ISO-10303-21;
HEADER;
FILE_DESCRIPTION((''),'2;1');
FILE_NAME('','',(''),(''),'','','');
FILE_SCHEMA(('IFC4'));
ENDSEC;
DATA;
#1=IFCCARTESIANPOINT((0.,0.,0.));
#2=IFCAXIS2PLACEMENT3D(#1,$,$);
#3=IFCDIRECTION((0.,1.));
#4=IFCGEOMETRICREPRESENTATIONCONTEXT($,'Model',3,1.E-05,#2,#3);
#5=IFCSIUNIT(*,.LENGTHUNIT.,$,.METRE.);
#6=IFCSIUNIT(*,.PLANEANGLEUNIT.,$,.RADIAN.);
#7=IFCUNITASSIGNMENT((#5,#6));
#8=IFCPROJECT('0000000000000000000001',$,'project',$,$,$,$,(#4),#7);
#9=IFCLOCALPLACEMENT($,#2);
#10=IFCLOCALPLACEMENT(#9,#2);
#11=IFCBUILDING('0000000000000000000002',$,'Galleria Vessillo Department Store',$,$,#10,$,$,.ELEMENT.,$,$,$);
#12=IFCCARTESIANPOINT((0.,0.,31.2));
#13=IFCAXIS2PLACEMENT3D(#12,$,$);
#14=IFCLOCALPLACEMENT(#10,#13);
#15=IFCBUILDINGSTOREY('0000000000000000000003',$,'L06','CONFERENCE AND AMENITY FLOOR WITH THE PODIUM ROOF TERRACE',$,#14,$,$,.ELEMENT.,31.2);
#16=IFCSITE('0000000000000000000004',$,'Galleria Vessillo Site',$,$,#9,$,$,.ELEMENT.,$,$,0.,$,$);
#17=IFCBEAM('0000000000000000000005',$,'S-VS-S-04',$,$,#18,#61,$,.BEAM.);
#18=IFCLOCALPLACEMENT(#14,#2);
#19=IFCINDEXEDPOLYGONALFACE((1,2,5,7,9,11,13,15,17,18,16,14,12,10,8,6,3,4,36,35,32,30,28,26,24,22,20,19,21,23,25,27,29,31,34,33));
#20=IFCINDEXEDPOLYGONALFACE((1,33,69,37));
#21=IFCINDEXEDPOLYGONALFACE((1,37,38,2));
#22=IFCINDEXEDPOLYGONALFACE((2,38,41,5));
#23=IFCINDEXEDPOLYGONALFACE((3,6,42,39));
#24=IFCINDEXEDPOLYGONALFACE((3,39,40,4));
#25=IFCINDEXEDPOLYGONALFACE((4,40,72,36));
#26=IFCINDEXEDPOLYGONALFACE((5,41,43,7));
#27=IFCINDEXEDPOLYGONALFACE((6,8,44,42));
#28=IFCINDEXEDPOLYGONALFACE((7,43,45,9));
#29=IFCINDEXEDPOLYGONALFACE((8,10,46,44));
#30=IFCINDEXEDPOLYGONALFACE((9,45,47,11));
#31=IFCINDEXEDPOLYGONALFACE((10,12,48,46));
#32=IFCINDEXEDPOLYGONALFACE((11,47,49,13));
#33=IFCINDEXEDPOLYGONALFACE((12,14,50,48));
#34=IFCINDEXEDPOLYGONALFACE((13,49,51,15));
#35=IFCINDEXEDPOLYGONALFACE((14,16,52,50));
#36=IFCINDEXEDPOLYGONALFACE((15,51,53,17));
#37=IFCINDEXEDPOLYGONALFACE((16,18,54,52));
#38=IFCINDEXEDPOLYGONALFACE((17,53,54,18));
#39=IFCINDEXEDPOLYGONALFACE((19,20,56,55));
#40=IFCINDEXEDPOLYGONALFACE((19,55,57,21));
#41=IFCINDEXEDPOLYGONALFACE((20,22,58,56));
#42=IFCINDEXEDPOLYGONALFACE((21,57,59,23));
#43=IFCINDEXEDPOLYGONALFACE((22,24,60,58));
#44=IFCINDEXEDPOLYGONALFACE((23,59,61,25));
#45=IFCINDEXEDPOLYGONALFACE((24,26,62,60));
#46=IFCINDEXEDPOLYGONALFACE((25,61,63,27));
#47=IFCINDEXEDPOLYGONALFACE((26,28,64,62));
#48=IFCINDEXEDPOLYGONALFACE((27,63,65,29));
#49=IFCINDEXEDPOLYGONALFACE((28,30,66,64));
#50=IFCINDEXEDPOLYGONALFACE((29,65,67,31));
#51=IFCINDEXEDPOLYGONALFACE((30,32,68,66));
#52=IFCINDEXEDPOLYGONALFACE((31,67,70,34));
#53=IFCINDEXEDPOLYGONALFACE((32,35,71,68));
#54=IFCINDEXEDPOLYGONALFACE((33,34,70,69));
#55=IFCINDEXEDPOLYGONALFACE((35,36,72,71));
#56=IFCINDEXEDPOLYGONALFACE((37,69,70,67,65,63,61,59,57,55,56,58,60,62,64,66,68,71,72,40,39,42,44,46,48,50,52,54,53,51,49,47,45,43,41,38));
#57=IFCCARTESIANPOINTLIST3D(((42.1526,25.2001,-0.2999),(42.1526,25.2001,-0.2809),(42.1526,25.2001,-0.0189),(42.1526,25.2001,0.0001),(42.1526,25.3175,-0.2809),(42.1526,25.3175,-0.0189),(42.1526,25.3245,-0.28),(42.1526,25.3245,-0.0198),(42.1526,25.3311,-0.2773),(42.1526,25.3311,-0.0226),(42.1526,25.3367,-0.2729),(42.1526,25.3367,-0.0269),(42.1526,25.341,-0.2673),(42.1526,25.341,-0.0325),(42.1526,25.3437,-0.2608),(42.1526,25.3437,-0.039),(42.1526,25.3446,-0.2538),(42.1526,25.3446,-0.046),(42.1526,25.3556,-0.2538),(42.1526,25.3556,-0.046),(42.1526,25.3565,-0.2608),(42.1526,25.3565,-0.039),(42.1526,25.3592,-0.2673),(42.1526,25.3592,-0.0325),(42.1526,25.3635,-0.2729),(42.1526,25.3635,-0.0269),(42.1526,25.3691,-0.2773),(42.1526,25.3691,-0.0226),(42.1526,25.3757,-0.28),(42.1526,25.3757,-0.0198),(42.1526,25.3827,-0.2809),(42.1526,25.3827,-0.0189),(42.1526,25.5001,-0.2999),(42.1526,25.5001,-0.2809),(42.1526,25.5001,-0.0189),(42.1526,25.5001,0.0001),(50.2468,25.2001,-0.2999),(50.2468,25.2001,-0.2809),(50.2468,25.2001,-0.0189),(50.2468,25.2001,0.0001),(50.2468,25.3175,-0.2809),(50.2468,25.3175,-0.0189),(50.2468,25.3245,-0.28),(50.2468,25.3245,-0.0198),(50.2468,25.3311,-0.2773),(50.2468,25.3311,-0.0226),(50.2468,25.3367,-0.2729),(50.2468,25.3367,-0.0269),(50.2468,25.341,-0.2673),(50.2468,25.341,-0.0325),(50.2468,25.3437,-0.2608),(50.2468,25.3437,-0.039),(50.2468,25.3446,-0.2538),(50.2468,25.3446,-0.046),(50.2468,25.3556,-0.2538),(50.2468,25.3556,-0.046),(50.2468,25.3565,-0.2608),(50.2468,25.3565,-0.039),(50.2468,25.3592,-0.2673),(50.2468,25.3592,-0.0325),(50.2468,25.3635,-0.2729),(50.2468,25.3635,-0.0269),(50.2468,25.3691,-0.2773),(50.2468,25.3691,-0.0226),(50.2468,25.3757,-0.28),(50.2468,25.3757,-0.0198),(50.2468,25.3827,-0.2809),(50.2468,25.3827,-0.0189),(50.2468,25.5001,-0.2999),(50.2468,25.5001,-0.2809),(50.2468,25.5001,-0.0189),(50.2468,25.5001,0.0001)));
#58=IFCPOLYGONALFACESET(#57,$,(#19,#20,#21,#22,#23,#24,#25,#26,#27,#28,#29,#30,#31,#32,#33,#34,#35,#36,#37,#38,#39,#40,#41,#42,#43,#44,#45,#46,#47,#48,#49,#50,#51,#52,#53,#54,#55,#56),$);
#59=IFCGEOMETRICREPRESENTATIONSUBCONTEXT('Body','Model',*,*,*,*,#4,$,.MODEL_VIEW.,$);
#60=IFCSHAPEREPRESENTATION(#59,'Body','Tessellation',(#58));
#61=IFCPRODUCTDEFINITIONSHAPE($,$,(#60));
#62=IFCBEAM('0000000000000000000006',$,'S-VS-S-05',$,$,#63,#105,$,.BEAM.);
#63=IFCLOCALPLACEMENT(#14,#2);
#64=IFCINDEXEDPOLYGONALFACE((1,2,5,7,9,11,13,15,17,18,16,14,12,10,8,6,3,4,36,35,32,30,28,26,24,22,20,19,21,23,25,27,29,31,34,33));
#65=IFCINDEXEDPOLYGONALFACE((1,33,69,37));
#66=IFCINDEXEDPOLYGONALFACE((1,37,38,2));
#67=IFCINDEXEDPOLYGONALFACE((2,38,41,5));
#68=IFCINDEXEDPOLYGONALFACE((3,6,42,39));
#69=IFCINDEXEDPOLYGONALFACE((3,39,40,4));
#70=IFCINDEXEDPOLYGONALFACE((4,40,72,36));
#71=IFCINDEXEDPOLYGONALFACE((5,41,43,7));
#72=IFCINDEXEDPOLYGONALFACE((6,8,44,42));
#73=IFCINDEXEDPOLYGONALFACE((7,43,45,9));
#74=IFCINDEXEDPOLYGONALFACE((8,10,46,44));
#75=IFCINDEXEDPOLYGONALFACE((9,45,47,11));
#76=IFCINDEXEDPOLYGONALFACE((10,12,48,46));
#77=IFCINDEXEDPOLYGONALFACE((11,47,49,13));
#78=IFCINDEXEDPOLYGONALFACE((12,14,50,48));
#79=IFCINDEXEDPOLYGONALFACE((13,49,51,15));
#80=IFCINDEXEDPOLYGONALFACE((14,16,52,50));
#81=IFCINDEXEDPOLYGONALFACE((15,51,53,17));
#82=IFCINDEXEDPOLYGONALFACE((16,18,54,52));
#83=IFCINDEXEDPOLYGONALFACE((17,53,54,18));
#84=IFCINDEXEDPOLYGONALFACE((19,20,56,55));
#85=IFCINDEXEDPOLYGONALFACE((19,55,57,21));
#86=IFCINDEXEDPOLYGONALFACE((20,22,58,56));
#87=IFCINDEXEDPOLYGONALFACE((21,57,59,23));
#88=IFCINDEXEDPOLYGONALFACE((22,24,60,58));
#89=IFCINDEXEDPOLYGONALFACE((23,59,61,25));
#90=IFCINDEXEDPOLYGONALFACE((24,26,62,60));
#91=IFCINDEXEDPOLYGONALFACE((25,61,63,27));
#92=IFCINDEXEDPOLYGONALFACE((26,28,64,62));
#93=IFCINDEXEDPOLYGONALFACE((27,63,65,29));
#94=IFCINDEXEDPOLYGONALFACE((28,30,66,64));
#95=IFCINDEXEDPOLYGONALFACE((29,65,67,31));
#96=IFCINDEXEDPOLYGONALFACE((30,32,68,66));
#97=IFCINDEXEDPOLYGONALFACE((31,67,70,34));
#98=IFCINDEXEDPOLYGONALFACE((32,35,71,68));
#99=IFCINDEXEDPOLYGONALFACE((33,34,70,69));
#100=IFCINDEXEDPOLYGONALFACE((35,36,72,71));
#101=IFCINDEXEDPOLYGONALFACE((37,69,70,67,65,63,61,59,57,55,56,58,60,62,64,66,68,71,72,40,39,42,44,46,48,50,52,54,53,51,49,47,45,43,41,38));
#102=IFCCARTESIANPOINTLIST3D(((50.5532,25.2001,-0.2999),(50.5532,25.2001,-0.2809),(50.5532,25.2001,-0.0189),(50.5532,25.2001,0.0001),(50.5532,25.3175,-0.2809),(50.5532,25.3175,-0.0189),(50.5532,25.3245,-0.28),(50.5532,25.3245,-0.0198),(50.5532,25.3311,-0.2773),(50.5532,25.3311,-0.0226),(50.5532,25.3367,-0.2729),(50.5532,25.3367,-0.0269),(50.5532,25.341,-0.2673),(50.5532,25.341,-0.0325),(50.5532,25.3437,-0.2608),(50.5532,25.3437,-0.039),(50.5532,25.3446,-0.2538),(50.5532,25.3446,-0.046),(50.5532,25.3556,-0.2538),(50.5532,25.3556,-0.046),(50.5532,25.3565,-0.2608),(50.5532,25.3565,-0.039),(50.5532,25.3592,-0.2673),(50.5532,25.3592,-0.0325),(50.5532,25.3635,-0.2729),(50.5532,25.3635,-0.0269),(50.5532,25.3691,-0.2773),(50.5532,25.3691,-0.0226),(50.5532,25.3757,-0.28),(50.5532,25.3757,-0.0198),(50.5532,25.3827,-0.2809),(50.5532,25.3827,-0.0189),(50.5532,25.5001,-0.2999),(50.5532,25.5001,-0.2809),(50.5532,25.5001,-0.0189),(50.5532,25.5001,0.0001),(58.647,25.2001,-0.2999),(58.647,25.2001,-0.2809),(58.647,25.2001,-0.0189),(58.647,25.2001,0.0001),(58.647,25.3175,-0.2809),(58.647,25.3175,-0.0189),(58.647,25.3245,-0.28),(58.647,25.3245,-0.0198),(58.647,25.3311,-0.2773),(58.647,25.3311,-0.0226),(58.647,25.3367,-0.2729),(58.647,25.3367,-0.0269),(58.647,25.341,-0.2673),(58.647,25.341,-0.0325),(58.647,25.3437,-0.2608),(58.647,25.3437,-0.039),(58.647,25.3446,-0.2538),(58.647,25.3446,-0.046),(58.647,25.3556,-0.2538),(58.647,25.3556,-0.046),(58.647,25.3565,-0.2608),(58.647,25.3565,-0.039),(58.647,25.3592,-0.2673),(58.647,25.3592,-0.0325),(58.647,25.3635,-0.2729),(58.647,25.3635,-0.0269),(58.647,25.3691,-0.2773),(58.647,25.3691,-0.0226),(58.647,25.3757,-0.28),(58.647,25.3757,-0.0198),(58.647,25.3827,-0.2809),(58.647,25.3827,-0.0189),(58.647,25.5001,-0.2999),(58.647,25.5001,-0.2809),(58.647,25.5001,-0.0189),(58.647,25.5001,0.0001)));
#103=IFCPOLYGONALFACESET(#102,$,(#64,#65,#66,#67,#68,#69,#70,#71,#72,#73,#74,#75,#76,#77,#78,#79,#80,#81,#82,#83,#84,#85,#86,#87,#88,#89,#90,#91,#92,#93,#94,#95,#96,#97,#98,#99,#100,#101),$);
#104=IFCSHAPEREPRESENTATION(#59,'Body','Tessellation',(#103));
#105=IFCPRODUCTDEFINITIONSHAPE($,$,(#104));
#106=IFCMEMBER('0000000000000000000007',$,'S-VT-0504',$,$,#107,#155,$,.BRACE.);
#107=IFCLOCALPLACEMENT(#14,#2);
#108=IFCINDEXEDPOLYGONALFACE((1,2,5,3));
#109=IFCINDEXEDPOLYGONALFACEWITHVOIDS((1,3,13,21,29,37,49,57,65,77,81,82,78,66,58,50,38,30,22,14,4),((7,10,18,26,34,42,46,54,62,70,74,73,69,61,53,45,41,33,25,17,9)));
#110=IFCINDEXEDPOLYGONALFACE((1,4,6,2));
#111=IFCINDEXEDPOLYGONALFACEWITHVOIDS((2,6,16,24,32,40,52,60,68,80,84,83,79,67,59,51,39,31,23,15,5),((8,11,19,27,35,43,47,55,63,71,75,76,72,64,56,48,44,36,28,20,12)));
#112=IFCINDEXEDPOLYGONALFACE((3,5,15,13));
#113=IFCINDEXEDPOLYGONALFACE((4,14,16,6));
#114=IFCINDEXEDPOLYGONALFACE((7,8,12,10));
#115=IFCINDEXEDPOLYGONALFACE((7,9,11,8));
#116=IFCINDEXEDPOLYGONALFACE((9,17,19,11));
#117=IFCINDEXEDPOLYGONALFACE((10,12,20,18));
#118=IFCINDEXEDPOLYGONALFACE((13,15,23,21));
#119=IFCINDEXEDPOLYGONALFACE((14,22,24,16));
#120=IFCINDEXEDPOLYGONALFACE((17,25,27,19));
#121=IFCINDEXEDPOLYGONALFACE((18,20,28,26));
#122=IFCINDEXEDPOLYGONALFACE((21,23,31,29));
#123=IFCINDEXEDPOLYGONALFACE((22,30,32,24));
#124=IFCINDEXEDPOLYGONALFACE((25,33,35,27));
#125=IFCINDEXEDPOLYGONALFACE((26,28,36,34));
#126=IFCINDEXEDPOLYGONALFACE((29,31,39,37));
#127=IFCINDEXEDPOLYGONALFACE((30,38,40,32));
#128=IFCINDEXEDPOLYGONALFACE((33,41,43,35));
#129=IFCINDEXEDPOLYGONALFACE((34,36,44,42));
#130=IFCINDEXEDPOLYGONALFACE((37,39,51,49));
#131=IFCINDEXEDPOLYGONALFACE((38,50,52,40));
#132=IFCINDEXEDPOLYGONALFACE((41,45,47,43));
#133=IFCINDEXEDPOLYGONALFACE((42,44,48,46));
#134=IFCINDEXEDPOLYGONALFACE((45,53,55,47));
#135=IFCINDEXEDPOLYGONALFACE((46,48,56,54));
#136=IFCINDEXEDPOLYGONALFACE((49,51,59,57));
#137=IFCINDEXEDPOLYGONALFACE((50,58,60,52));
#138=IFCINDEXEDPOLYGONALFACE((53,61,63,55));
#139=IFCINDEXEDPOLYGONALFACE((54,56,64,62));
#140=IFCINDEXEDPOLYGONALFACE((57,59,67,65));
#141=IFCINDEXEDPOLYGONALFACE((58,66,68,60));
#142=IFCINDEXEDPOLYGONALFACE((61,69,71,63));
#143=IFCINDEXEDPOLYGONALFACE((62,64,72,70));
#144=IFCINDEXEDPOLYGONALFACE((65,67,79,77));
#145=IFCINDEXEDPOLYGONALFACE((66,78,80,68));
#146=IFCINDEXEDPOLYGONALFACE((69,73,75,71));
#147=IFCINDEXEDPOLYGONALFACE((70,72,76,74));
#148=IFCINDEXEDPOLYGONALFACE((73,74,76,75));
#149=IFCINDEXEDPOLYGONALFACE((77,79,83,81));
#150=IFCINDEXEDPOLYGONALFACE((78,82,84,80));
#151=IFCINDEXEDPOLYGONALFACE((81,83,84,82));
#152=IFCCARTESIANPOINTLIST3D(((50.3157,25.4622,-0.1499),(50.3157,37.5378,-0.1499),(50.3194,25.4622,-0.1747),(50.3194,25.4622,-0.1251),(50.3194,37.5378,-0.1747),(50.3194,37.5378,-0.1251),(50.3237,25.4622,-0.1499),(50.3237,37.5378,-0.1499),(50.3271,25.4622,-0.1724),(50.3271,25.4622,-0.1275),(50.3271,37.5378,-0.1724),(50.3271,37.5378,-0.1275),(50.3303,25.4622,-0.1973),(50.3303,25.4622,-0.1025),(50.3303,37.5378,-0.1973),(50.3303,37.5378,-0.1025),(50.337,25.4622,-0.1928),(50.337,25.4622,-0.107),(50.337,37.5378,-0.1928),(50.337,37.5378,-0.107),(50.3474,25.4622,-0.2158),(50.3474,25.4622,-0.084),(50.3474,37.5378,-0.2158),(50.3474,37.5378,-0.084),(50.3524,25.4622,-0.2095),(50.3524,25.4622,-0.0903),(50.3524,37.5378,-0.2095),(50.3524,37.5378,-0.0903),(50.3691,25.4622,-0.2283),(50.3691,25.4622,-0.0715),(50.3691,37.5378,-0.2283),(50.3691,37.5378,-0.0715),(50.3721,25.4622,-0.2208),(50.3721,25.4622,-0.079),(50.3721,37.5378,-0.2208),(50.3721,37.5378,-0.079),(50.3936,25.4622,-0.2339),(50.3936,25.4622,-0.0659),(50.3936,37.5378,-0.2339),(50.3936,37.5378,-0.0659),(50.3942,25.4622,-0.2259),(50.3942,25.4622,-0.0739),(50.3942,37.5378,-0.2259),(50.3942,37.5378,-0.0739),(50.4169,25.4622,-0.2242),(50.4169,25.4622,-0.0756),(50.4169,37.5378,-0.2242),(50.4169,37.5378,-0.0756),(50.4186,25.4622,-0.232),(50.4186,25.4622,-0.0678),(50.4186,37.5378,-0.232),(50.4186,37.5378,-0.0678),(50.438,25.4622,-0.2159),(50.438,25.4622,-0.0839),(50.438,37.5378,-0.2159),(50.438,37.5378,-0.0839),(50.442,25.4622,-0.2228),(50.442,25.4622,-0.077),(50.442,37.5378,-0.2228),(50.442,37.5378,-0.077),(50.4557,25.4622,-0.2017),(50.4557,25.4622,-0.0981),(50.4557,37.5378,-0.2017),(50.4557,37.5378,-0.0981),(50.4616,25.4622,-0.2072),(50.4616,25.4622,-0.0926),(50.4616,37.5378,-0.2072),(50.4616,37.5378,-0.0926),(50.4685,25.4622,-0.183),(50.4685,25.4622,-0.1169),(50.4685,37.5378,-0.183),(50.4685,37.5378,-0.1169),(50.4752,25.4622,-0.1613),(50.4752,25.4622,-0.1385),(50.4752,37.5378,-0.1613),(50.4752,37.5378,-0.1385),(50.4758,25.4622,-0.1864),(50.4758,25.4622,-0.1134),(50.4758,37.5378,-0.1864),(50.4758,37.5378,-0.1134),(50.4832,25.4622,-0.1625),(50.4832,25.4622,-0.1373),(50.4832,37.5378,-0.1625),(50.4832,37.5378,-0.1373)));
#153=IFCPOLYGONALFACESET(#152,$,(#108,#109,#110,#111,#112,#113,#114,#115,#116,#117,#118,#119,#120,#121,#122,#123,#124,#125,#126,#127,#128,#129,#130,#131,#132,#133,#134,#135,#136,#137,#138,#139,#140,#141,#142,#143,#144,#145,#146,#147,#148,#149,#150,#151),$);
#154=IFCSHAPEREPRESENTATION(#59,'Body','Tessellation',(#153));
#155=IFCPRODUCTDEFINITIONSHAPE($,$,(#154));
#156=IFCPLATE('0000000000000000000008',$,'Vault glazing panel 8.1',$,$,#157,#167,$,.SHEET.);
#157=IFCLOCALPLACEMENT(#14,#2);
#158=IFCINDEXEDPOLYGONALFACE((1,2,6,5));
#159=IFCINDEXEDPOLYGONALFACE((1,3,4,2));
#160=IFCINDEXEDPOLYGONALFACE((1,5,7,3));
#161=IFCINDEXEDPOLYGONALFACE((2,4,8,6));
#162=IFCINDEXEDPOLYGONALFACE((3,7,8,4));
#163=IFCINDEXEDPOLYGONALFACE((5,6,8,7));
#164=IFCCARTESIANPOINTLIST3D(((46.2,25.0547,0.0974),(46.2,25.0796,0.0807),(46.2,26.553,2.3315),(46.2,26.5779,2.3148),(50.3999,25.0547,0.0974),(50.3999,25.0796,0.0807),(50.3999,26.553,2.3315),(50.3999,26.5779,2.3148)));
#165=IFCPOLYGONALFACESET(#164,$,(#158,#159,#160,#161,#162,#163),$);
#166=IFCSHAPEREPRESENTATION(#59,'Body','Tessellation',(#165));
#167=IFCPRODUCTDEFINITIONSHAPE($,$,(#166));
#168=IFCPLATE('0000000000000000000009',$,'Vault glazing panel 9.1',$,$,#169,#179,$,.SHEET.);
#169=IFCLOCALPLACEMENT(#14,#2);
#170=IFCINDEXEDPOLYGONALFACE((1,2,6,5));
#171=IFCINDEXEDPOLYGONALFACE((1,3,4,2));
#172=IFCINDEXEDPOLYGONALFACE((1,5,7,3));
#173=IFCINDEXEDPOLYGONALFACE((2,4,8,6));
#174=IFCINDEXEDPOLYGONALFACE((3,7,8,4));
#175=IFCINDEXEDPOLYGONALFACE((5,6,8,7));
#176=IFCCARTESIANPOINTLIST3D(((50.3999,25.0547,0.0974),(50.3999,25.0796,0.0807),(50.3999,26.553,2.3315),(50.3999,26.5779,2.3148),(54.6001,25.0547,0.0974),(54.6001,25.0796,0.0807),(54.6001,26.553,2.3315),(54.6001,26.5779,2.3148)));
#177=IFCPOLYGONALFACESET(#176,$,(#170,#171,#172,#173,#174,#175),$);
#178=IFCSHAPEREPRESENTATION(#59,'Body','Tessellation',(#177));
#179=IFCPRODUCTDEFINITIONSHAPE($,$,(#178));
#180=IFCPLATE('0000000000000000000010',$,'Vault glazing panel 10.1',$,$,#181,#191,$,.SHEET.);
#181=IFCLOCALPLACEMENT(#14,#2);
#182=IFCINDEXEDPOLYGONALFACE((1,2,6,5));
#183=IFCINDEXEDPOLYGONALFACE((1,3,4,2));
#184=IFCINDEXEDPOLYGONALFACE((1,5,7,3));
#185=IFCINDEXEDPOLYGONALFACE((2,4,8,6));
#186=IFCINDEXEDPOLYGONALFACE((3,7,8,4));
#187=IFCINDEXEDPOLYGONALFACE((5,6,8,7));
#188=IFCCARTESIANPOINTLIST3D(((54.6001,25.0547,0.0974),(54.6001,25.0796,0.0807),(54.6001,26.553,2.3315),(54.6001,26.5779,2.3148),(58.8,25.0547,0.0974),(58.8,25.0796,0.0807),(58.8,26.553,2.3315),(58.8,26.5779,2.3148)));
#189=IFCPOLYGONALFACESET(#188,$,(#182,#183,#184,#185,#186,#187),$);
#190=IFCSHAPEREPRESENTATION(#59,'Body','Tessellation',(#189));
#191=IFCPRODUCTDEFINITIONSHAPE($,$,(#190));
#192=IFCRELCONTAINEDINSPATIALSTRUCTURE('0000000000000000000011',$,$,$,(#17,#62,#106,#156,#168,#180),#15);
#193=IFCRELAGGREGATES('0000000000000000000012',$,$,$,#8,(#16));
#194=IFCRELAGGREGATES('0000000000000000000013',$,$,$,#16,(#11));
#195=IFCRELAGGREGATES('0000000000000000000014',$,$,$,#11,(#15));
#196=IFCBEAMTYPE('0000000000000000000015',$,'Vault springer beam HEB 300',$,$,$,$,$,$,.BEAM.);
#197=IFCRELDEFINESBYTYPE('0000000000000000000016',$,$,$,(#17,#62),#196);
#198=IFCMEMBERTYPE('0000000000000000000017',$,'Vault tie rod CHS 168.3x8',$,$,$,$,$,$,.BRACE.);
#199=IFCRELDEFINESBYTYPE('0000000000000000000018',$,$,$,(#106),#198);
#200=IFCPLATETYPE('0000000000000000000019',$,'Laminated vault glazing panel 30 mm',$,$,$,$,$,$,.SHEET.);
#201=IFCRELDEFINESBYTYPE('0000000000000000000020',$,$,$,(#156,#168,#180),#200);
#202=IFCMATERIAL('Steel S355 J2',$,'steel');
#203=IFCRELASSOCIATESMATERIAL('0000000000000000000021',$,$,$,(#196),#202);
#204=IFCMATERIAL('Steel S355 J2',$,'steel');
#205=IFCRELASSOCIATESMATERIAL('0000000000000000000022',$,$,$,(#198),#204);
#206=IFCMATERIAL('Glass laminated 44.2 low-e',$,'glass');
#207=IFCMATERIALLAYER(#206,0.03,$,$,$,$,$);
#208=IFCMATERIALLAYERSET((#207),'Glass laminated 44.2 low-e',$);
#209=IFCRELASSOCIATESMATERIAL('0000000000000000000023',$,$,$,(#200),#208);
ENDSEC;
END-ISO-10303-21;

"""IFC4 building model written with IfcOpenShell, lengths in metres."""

from ifc_helpers import new_model, si_unit, direction, frame, origin, origin_2d, place, context, subcontext, project, spatial, polyline, hollow_circle, i_section, outline, extrude, material, layer, layer_set, material_profile, profile_set, type_object, element, save


model = new_model("IFC4")

# Units and contexts
model_context = context("Model", 3, precision=1e-05, world=origin(), true_north=direction((0.0, 1.0)))
body_context = subcontext(model_context, "Body", "Model", "MODEL_VIEW")
ifc_project = project(units=[si_unit("LENGTHUNIT", "METRE"), si_unit("PLANEANGLEUNIT", "RADIAN")], contexts=[model_context])

# Site, building, storey
site_placement = place(None, origin())
site = spatial("IfcSite", under=ifc_project, at=site_placement, Name="Galleria Vessillo Site", CompositionType="ELEMENT", RefElevation=0.0)
building_placement = place(site_placement, origin())
building = spatial("IfcBuilding", under=site, at=building_placement, Name="Galleria Vessillo Department Store", CompositionType="ELEMENT")
storey_placement = place(building_placement, frame((0.0, 0.0, 31.2)))
storey = spatial("IfcBuildingStorey", under=building, at=storey_placement, Name="L06", Description="CONFERENCE AND AMENITY FLOOR WITH THE PODIUM ROOF TERRACE", CompositionType="ELEMENT", Elevation=31.2)

# Beams
ifc_material_1 = material(Name="Steel S355 J2", Category="steel")
ifc_material_profile_1 = material_profile(ifc_material_1, i_section(OverallWidth=0.3, OverallDepth=0.3, WebThickness=0.011, FlangeThickness=0.019, FilletRadius=0.0271, at=origin_2d()), Name="HEB 300")
ifc_profile_set_1 = profile_set([ifc_material_profile_1], Name="Steel S355 J2")
beam_type_1 = type_object("IfcBeamType", Name="Vault springer beam HEB 300", PredefinedType="BEAM", material=ifc_profile_set_1)
beam_1_placement = place(storey_placement, frame((42.1526, 25.3501, -0.1499), z_axis=(1.0, 0.0, 0.0), x_axis=(0.0, 1.0, 0.0)))
element("IfcBeam", 1, at=beam_1_placement, inside=storey, type_object=beam_type_1, Name="S-VS-S-04", PredefinedType="BEAM", context=body_context, shape_type="SweptSolid", body=[
    extrude(i_section(OverallWidth=0.3, OverallDepth=0.3, WebThickness=0.011, FlangeThickness=0.019, FilletRadius=0.0271, at=origin_2d()), origin(), (0.0, 0.0, 1.0), 8.0942),
])
beam_2_placement = place(storey_placement, frame((50.5532, 25.3501, -0.1499), z_axis=(1.0, 0.0, 0.0), x_axis=(0.0, 1.0, 0.0)))
element("IfcBeam", 2, at=beam_2_placement, inside=storey, type_object=beam_type_1, Name="S-VS-S-05", PredefinedType="BEAM", context=body_context, shape_type="SweptSolid", body=[
    extrude(i_section(OverallWidth=0.3, OverallDepth=0.3, WebThickness=0.011, FlangeThickness=0.019, FilletRadius=0.0271, at=origin_2d()), origin(), (0.0, 0.0, 1.0), 8.0938),
])

# Member
ifc_material_2 = material(Name="Steel S355 J2", Category="steel")
ifc_material_profile_2 = material_profile(ifc_material_2, hollow_circle(Radius=0.0842, WallThickness=0.0081, at=origin_2d()), Name="CHS 168.3x8")
ifc_profile_set_2 = profile_set([ifc_material_profile_2], Name="Steel S355 J2")
member_type_1 = type_object("IfcMemberType", Name="Vault tie rod CHS 168.3x8", PredefinedType="BRACE", material=ifc_profile_set_2)
member_placement = place(storey_placement, frame((50.3999, 25.4622, -0.1499), z_axis=(0.0, 1.0, 0.0), x_axis=(-1.0, 0.0, 0.0)))
element("IfcMember", 3, at=member_placement, inside=storey, type_object=member_type_1, Name="S-VT-0504", PredefinedType="BRACE", context=body_context, shape_type="SweptSolid", body=[
    extrude(hollow_circle(Radius=0.0842, WallThickness=0.0081, at=origin_2d()), origin(), (0.0, 0.0, 1.0), 12.0757),
])

# Plates
ifc_material_3 = material(Name="Glass laminated 44.2 low-e", Category="glass")
ifc_layer_1 = layer(ifc_material_3, 0.03)
ifc_layer_set_1 = layer_set([ifc_layer_1], Name="Glass laminated 44.2 low-e")
plate_type = type_object("IfcPlateType", Name="Laminated vault glazing panel 30 mm", PredefinedType="SHEET", material=ifc_layer_set_1)
plate_1_placement = place(storey_placement, frame((46.2, 25.0547, 0.0974), z_axis=(0.0, -0.830525, 0.556981), x_axis=(1.0, 0.0, 0.0)))
element("IfcPlate", 4, at=plate_1_placement, inside=storey, type_object=plate_type, Name="Vault glazing panel 8.1", PredefinedType="SHEET", context=body_context, shape_type="SweptSolid", body=[
    extrude(outline(polyline([(0.0, 0.0), (4.2, 0.0), (4.2, 2.69), (0.0, 2.69), (0.0, 0.0)])), origin(), (0.0, 0.0, -1.0), 0.03),
])
plate_2_placement = place(storey_placement, frame((50.3999, 25.0547, 0.0974), z_axis=(0.0, -0.830525, 0.556981), x_axis=(1.0, 0.0, 0.0)))
element("IfcPlate", 5, at=plate_2_placement, inside=storey, type_object=plate_type, Name="Vault glazing panel 9.1", PredefinedType="SHEET", context=body_context, shape_type="SweptSolid", body=[
    extrude(outline(polyline([(0.0, 0.0), (4.2002, 0.0), (4.2002, 2.69), (0.0, 2.69), (0.0, 0.0)])), origin(), (0.0, 0.0, -1.0), 0.03),
])
plate_3_placement = place(storey_placement, frame((54.6001, 25.0547, 0.0974), z_axis=(0.0, -0.830525, 0.556981), x_axis=(1.0, 0.0, 0.0)))
element("IfcPlate", 6, at=plate_3_placement, inside=storey, type_object=plate_type, Name="Vault glazing panel 10.1", PredefinedType="SHEET", context=body_context, shape_type="SweptSolid", body=[
    extrude(outline(polyline([(0.0, 0.0), (4.2, 0.0), (4.2, 2.69), (0.0, 2.69), (0.0, 0.0)])), origin(), (0.0, 0.0, -1.0), 0.03),
])

save(model, "model.ifc")
